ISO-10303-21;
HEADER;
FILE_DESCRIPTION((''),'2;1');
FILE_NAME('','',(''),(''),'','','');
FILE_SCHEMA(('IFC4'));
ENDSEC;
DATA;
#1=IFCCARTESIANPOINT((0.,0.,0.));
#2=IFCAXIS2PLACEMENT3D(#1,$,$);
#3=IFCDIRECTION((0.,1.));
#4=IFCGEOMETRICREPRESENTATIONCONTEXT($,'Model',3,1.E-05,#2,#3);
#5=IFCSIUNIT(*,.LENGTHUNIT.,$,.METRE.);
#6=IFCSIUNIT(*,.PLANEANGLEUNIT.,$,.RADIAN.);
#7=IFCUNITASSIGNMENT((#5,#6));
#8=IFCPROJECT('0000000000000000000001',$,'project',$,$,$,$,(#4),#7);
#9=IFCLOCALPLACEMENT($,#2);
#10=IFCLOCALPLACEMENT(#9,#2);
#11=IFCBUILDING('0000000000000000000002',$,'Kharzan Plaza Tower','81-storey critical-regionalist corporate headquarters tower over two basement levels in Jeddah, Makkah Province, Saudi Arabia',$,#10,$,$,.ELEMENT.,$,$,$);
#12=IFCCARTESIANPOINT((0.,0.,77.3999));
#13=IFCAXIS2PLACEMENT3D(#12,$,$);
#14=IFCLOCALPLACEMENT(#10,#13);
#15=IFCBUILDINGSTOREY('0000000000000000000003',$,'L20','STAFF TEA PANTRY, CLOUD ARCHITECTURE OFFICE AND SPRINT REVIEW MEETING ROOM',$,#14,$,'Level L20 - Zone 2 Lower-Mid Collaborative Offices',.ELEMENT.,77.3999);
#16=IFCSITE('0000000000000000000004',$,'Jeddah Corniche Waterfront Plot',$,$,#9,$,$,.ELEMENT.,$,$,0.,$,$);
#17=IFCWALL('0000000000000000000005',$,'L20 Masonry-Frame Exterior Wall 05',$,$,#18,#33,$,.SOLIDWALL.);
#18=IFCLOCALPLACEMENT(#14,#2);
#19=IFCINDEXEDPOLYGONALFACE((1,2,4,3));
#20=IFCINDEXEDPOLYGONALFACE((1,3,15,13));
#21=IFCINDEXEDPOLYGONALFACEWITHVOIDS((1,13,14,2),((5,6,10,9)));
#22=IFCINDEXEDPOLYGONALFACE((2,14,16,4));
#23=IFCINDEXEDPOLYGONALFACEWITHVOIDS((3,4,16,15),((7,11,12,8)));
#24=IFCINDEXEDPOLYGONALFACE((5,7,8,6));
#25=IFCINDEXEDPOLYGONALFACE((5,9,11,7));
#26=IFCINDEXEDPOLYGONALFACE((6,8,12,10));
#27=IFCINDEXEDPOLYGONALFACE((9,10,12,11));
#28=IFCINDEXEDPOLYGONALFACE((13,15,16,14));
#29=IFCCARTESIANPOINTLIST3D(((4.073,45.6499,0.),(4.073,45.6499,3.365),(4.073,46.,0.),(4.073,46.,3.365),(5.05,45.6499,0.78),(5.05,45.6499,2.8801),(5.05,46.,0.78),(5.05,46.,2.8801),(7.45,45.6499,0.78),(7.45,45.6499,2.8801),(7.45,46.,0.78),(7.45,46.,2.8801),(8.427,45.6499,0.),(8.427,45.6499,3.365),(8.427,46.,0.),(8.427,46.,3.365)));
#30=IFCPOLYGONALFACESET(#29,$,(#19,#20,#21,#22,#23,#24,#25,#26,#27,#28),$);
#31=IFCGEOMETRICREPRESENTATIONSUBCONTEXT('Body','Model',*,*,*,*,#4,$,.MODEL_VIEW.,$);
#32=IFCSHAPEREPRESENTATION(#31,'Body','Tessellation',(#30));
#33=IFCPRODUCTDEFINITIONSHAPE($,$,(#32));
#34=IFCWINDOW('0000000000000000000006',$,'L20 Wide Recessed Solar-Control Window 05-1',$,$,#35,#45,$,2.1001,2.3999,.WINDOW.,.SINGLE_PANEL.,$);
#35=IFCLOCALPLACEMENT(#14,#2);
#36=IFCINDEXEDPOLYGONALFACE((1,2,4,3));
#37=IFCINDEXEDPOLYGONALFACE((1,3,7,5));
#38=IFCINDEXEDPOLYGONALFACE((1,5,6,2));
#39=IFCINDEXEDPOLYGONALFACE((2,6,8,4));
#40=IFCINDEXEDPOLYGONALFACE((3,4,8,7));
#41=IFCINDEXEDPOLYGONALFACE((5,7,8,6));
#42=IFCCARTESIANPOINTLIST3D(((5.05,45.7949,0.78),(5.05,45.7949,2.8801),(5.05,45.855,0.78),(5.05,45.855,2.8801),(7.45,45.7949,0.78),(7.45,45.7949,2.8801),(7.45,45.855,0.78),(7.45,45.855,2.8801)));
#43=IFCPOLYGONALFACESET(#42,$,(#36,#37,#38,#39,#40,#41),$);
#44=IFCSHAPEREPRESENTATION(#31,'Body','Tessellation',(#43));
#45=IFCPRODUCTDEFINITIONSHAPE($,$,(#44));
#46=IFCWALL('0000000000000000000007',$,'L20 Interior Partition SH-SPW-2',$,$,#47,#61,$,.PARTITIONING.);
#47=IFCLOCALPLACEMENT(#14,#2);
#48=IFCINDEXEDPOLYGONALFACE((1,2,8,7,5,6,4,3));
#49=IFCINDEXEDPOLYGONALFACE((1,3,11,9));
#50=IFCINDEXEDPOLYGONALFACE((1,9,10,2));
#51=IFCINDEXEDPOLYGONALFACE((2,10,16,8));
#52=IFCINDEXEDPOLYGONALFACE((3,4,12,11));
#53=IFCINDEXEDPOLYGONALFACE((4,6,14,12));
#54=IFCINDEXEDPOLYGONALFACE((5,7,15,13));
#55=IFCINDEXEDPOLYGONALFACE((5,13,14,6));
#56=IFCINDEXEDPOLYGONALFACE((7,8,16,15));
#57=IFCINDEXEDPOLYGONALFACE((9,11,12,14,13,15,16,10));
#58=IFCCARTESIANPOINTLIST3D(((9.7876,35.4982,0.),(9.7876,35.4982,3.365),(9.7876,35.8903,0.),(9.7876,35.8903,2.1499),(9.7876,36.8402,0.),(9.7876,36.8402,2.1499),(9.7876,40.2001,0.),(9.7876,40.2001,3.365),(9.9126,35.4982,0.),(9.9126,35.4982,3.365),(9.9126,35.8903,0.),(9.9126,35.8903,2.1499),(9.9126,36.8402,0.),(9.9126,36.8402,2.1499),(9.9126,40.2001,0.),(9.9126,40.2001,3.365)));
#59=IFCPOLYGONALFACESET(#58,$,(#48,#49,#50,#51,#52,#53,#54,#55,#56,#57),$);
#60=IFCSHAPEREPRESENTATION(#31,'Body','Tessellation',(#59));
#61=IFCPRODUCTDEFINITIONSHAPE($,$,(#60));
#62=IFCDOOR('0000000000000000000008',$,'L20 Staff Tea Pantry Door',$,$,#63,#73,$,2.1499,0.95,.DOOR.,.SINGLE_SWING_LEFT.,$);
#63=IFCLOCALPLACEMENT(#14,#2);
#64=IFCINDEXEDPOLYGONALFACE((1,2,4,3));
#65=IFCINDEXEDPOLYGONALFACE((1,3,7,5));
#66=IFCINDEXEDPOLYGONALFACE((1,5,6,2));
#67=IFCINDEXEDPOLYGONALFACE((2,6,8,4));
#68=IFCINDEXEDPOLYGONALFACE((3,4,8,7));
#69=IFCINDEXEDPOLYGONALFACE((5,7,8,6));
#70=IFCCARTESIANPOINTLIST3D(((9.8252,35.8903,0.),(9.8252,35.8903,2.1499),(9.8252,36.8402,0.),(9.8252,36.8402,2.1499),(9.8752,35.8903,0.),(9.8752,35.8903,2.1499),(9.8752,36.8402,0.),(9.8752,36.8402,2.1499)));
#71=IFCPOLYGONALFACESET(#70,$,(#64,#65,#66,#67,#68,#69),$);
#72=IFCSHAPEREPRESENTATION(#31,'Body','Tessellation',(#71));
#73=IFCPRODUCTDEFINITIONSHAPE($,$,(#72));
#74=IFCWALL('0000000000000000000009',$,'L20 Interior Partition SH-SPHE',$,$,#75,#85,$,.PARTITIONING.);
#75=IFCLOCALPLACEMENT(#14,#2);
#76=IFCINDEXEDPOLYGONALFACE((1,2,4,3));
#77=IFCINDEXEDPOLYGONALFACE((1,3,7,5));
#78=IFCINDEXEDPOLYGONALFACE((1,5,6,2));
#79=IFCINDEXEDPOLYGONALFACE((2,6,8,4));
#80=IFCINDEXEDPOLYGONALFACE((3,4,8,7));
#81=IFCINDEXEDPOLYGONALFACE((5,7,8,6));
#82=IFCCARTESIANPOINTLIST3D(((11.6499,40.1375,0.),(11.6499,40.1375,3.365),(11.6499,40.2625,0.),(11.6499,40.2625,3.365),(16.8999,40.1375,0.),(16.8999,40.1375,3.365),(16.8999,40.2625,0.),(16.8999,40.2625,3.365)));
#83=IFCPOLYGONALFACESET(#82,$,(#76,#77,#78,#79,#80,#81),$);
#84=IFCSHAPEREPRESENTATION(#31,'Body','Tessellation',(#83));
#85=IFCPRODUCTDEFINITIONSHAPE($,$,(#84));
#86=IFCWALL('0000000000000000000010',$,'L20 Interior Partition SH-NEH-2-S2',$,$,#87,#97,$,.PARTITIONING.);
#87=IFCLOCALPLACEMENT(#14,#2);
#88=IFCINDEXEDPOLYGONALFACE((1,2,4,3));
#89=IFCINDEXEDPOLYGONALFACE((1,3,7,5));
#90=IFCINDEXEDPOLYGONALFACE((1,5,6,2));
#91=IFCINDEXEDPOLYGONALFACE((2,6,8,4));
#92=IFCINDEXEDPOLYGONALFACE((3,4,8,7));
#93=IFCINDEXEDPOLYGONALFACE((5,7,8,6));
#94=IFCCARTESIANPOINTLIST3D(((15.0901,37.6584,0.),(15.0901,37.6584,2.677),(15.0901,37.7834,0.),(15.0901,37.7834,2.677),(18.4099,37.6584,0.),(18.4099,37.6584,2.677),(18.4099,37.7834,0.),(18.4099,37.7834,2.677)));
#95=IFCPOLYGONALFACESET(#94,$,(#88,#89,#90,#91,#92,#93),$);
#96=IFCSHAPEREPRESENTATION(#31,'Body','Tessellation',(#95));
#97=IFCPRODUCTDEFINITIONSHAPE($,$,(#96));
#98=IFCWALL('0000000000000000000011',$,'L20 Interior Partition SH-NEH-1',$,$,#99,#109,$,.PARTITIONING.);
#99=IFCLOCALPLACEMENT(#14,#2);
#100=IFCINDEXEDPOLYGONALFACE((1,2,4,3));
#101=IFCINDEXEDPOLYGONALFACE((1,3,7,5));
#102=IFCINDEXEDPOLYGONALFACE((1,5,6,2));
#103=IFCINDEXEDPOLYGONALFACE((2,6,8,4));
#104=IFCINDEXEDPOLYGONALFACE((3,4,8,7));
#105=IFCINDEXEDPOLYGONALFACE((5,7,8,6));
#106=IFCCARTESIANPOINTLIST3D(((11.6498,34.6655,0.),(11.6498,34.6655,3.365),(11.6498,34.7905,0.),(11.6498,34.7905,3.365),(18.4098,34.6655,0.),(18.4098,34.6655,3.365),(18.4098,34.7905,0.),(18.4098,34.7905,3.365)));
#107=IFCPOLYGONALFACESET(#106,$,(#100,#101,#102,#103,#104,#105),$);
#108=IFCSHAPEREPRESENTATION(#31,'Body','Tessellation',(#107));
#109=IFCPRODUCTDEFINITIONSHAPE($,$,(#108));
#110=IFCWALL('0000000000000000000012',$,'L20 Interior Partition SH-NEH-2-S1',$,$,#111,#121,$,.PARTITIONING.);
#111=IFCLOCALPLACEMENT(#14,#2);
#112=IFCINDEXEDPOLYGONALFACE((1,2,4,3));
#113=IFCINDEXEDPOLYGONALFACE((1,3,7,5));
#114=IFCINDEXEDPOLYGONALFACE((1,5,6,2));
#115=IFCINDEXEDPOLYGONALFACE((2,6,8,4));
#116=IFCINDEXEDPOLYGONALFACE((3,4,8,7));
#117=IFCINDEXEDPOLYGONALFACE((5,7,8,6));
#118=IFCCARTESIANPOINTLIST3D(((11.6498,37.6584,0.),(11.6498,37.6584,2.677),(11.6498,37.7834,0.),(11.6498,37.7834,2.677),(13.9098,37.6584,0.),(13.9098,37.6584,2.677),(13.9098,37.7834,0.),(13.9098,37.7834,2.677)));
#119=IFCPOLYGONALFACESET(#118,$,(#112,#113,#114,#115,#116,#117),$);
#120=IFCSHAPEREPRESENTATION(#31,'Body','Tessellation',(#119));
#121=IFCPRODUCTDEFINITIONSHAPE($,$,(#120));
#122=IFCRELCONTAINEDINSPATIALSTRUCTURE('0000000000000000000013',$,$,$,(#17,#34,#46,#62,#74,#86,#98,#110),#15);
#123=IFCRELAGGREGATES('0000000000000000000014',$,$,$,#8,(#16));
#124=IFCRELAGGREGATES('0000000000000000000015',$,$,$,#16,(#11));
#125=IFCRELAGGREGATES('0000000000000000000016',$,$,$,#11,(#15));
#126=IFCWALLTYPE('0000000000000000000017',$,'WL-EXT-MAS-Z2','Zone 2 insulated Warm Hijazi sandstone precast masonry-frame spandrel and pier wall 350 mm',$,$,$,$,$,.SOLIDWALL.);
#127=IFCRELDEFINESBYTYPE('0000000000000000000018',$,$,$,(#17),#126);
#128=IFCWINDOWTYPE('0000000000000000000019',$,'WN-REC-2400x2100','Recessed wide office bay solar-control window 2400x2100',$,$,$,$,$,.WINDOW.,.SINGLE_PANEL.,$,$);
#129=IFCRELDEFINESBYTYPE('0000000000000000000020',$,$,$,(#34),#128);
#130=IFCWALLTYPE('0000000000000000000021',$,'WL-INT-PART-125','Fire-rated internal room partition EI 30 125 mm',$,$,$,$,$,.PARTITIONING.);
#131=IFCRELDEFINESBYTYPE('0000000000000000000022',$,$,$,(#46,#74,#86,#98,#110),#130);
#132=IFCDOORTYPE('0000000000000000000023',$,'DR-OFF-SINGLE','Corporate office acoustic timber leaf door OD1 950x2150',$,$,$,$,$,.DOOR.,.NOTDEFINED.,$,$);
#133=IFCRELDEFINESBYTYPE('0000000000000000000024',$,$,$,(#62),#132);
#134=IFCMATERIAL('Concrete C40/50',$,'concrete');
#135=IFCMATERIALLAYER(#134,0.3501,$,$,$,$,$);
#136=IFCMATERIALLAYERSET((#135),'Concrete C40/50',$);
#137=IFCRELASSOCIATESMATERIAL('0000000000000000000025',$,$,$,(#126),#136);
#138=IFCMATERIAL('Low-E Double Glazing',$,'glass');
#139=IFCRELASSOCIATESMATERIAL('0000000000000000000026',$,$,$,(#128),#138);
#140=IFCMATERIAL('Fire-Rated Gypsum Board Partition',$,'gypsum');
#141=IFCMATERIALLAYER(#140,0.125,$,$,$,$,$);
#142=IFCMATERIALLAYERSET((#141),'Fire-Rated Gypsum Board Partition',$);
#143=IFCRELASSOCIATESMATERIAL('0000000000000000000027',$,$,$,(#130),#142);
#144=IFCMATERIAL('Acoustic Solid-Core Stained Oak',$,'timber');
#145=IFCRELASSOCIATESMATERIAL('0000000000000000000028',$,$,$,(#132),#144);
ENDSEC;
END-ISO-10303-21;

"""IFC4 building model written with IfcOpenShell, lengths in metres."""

from ifc_helpers import new_model, si_unit, direction, frame, frame_2d, origin, place, context, subcontext, project, spatial, rectangle, extrude, source, transform, mapped, material, layer, layer_set, type_object, element, fill, save


model = new_model("IFC4")

# Units and contexts
model_context = context("Model", 3, precision=1e-05, world=origin(), true_north=direction((0.0, 1.0)))
body_context = subcontext(model_context, "Body", "Model", "MODEL_VIEW")
ifc_project = project(units=[si_unit("LENGTHUNIT", "METRE"), si_unit("PLANEANGLEUNIT", "RADIAN")], contexts=[model_context])

# Site, building, storey
site_placement = place(None, origin())
site = spatial("IfcSite", under=ifc_project, at=site_placement, Name="Jeddah Corniche Waterfront Plot", CompositionType="ELEMENT", RefElevation=0.0)
building_placement = place(site_placement, origin())
building = spatial("IfcBuilding", under=site, at=building_placement, Name="Kharzan Plaza Tower", Description="81-storey critical-regionalist corporate headquarters tower over two basement levels in Jeddah, Makkah Province, Saudi Arabia", CompositionType="ELEMENT")
storey_placement = place(building_placement, frame((0.0, 0.0, 77.3999)))
storey = spatial("IfcBuildingStorey", under=building, at=storey_placement, Name="L20", Description="STAFF TEA PANTRY, CLOUD ARCHITECTURE OFFICE AND SPRINT REVIEW MEETING ROOM", LongName="Level L20 - Zone 2 Lower-Mid Collaborative Offices", CompositionType="ELEMENT", Elevation=77.3999)

# Shared definitions
ifc_material_1 = material(Name="Concrete C40/50", Category="concrete")
ifc_layer_1 = layer(ifc_material_1, 0.3501)
ifc_layer_set_1 = layer_set([ifc_layer_1], Name="Concrete C40/50")
wall_type_1 = type_object("IfcWallType", Name="WL-EXT-MAS-Z2", Description="Zone 2 insulated Warm Hijazi sandstone precast masonry-frame spandrel and pier wall 350 mm", PredefinedType="SOLIDWALL", material=ifc_layer_set_1)
ifc_material_2 = material(Name="Low-E Double Glazing", Category="glass")

# Wall, opening, window
wall_1_placement = place(storey_placement, frame((8.427, 45.825, 0.0), z_axis=(0.0, 0.0, 1.0), x_axis=(-1.0, 0.0, 0.0)))
wall_1 = element("IfcWall", 1, at=wall_1_placement, inside=storey, type_object=wall_type_1, Name="L20 Masonry-Frame Exterior Wall 05", PredefinedType="SOLIDWALL", context=body_context, shape_type="SweptSolid", body=[
    extrude(rectangle(XDim=4.354, YDim=0.3501, at=frame_2d((2.177, 0.0))), origin(), (0.0, 0.0, 1.0), 3.365),
])
opening_1_placement = place(wall_1_placement, frame((0.9771, 0.0, 0.78)))
opening_1 = element("IfcOpeningElement", 2, at=opening_1_placement, cuts=wall_1, PredefinedType="OPENING", context=body_context, shape_type="SweptSolid", body=[
    extrude(rectangle(XDim=2.3999, YDim=2.1001, at=frame_2d((1.2, 1.05))), frame((0.0, 0.1851, 0.0), z_axis=(0.0, -1.0, 0.0), x_axis=(1.0, 0.0, 0.0)), (0.0, 0.0, 1.0), 0.3701),
])
window_type_1 = type_object("IfcWindowType", Name="WN-REC-2400x2100", Description="Recessed wide office bay solar-control window 2400x2100", PartitioningType="SINGLE_PANEL", PredefinedType="WINDOW", material=ifc_material_2)
shared_shape_1 = source(origin(), body_context, "Body", "SweptSolid", [
    extrude(rectangle(XDim=2.3999, YDim=2.1001, at=frame_2d((1.2, 1.05))), frame((0.0, 0.03, 0.0), z_axis=(0.0, -1.0, 0.0), x_axis=(1.0, 0.0, 0.0)), (0.0, 0.0, 1.0), 0.0601),
])
window_1_placement = place(opening_1_placement, origin())
window_1 = element("IfcWindow", 3, at=window_1_placement, inside=storey, type_object=window_type_1, Name="L20 Wide Recessed Solar-Control Window 05-1", OverallHeight=2.1001, OverallWidth=2.3999, PartitioningType="SINGLE_PANEL", PredefinedType="WINDOW", context=body_context, shape_type="MappedRepresentation", body=[
    mapped(shared_shape_1, transform((0.0, 0.0, 0.0), x_axis=(1.0, 0.0, 0.0), y_axis=(0.0, 1.0, 0.0), z_axis=(0.0, 0.0, 1.0))),
])
fill(opening_1, window_1)

# Wall, opening, door
ifc_material_3 = material(Name="Fire-Rated Gypsum Board Partition", Category="gypsum")
ifc_layer_2 = layer(ifc_material_3, 0.125)
ifc_layer_set_2 = layer_set([ifc_layer_2], Name="Fire-Rated Gypsum Board Partition")
wall_type_2 = type_object("IfcWallType", Name="WL-INT-PART-125", Description="Fire-rated internal room partition EI 30 125 mm", PredefinedType="PARTITIONING", material=ifc_layer_set_2)
ifc_material_4 = material(Name="Acoustic Solid-Core Stained Oak", Category="timber")
door_type_1 = type_object("IfcDoorType", Name="DR-OFF-SINGLE", Description="Corporate office acoustic timber leaf door OD1 950x2150", OperationType="NOTDEFINED", PredefinedType="DOOR", material=ifc_material_4)
shared_shape_2 = source(origin(), body_context, "Body", "SweptSolid", [
    extrude(rectangle(XDim=0.95, YDim=2.1499, at=frame_2d((0.4751, 1.075))), frame((0.0, 0.0249, 0.0), z_axis=(0.0, -1.0, 0.0), x_axis=(1.0, 0.0, 0.0)), (0.0, 0.0, 1.0), 0.05),
])
wall_2_placement = place(storey_placement, frame((9.8501, 35.498, 0.0), z_axis=(0.0, 0.0, 1.0), x_axis=(0.0, 1.0, 0.0)))
wall_2 = element("IfcWall", 4, at=wall_2_placement, inside=storey, type_object=wall_type_2, Name="L20 Interior Partition SH-SPW-2", PredefinedType="PARTITIONING", context=body_context, shape_type="SweptSolid", body=[
    extrude(rectangle(XDim=4.7019, YDim=0.125, at=frame_2d((2.3511, 0.0))), origin(), (0.0, 0.0, 1.0), 3.365),
])
opening_2_placement = place(wall_2_placement, frame((0.3921, 0.0, 0.0)))
opening_2 = element("IfcOpeningElement", 5, at=opening_2_placement, cuts=wall_2, PredefinedType="OPENING", context=body_context, shape_type="SweptSolid", body=[
    extrude(rectangle(XDim=0.95, YDim=2.1499, at=frame_2d((0.4751, 1.075))), frame((0.0, 0.0725, 0.0), z_axis=(0.0, -1.0, 0.0), x_axis=(1.0, 0.0, 0.0)), (0.0, 0.0, 1.0), 0.145),
])
door_1_placement = place(opening_2_placement, origin())
door_1 = element("IfcDoor", 6, at=door_1_placement, inside=storey, type_object=door_type_1, Name="L20 Staff Tea Pantry Door", OperationType="SINGLE_SWING_LEFT", OverallHeight=2.1499, OverallWidth=0.95, PredefinedType="DOOR", context=body_context, shape_type="MappedRepresentation", body=[
    mapped(shared_shape_2, transform((0.0, 0.0, 0.0), x_axis=(1.0, 0.0, 0.0), y_axis=(0.0, 1.0, 0.0), z_axis=(0.0, 0.0, 1.0))),
])
fill(opening_2, door_1)

# Walls
shared_shape_3 = source(origin(), body_context, "Body", "SweptSolid", [
    extrude(rectangle(XDim=5.25, YDim=0.125, at=frame_2d((2.625, 0.0))), origin(), (0.0, 0.0, 1.0), 3.365),
])
wall_3_placement = place(storey_placement, frame((11.6499, 40.2, 0.0), z_axis=(0.0, 0.0, 1.0), x_axis=(1.0, 0.0, 0.0)))
element("IfcWall", 7, at=wall_3_placement, inside=storey, type_object=wall_type_2, Name="L20 Interior Partition SH-SPHE", PredefinedType="PARTITIONING", context=body_context, shape_type="MappedRepresentation", body=[
    mapped(shared_shape_3, transform((0.0, 0.0, 0.0), x_axis=(1.0, 0.0, 0.0), y_axis=(0.0, 1.0, 0.0), z_axis=(0.0, 0.0, 1.0))),
])
shared_shape_4 = source(origin(), body_context, "Body", "SweptSolid", [
    extrude(rectangle(XDim=3.3198, YDim=0.125, at=frame_2d((1.6599, 0.0))), origin(), (0.0, 0.0, 1.0), 2.677),
])
wall_4_placement = place(storey_placement, frame((15.0901, 37.7209, 0.0), z_axis=(0.0, 0.0, 1.0), x_axis=(1.0, 0.0, 0.0)))
element("IfcWall", 8, at=wall_4_placement, inside=storey, type_object=wall_type_2, Name="L20 Interior Partition SH-NEH-2-S2", PredefinedType="PARTITIONING", context=body_context, shape_type="MappedRepresentation", body=[
    mapped(shared_shape_4, transform((0.0, 0.0, 0.0), x_axis=(1.0, 0.0, 0.0), y_axis=(0.0, 1.0, 0.0), z_axis=(0.0, 0.0, 1.0))),
])
shared_shape_5 = source(origin(), body_context, "Body", "SweptSolid", [
    extrude(rectangle(XDim=6.76, YDim=0.125, at=frame_2d((3.3799, 0.0))), origin(), (0.0, 0.0, 1.0), 3.365),
])
wall_5_placement = place(storey_placement, frame((11.6499, 34.728, 0.0), z_axis=(0.0, 0.0, 1.0), x_axis=(1.0, 0.0, 0.0)))
element("IfcWall", 9, at=wall_5_placement, inside=storey, type_object=wall_type_2, Name="L20 Interior Partition SH-NEH-1", PredefinedType="PARTITIONING", context=body_context, shape_type="MappedRepresentation", body=[
    mapped(shared_shape_5, transform((0.0, 0.0, 0.0), x_axis=(1.0, 0.0, 0.0), y_axis=(0.0, 1.0, 0.0), z_axis=(0.0, 0.0, 1.0))),
])
shared_shape_6 = source(origin(), body_context, "Body", "SweptSolid", [
    extrude(rectangle(XDim=2.26, YDim=0.125, at=frame_2d((1.1299, 0.0))), origin(), (0.0, 0.0, 1.0), 2.677),
])
wall_6_placement = place(storey_placement, frame((11.6499, 37.7209, 0.0), z_axis=(0.0, 0.0, 1.0), x_axis=(1.0, 0.0, 0.0)))
element("IfcWall", 10, at=wall_6_placement, inside=storey, type_object=wall_type_2, Name="L20 Interior Partition SH-NEH-2-S1", PredefinedType="PARTITIONING", context=body_context, shape_type="MappedRepresentation", body=[
    mapped(shared_shape_6, transform((0.0, 0.0, 0.0), x_axis=(1.0, 0.0, 0.0), y_axis=(0.0, 1.0, 0.0), z_axis=(0.0, 0.0, 1.0))),
])

save(model, "model.ifc")
